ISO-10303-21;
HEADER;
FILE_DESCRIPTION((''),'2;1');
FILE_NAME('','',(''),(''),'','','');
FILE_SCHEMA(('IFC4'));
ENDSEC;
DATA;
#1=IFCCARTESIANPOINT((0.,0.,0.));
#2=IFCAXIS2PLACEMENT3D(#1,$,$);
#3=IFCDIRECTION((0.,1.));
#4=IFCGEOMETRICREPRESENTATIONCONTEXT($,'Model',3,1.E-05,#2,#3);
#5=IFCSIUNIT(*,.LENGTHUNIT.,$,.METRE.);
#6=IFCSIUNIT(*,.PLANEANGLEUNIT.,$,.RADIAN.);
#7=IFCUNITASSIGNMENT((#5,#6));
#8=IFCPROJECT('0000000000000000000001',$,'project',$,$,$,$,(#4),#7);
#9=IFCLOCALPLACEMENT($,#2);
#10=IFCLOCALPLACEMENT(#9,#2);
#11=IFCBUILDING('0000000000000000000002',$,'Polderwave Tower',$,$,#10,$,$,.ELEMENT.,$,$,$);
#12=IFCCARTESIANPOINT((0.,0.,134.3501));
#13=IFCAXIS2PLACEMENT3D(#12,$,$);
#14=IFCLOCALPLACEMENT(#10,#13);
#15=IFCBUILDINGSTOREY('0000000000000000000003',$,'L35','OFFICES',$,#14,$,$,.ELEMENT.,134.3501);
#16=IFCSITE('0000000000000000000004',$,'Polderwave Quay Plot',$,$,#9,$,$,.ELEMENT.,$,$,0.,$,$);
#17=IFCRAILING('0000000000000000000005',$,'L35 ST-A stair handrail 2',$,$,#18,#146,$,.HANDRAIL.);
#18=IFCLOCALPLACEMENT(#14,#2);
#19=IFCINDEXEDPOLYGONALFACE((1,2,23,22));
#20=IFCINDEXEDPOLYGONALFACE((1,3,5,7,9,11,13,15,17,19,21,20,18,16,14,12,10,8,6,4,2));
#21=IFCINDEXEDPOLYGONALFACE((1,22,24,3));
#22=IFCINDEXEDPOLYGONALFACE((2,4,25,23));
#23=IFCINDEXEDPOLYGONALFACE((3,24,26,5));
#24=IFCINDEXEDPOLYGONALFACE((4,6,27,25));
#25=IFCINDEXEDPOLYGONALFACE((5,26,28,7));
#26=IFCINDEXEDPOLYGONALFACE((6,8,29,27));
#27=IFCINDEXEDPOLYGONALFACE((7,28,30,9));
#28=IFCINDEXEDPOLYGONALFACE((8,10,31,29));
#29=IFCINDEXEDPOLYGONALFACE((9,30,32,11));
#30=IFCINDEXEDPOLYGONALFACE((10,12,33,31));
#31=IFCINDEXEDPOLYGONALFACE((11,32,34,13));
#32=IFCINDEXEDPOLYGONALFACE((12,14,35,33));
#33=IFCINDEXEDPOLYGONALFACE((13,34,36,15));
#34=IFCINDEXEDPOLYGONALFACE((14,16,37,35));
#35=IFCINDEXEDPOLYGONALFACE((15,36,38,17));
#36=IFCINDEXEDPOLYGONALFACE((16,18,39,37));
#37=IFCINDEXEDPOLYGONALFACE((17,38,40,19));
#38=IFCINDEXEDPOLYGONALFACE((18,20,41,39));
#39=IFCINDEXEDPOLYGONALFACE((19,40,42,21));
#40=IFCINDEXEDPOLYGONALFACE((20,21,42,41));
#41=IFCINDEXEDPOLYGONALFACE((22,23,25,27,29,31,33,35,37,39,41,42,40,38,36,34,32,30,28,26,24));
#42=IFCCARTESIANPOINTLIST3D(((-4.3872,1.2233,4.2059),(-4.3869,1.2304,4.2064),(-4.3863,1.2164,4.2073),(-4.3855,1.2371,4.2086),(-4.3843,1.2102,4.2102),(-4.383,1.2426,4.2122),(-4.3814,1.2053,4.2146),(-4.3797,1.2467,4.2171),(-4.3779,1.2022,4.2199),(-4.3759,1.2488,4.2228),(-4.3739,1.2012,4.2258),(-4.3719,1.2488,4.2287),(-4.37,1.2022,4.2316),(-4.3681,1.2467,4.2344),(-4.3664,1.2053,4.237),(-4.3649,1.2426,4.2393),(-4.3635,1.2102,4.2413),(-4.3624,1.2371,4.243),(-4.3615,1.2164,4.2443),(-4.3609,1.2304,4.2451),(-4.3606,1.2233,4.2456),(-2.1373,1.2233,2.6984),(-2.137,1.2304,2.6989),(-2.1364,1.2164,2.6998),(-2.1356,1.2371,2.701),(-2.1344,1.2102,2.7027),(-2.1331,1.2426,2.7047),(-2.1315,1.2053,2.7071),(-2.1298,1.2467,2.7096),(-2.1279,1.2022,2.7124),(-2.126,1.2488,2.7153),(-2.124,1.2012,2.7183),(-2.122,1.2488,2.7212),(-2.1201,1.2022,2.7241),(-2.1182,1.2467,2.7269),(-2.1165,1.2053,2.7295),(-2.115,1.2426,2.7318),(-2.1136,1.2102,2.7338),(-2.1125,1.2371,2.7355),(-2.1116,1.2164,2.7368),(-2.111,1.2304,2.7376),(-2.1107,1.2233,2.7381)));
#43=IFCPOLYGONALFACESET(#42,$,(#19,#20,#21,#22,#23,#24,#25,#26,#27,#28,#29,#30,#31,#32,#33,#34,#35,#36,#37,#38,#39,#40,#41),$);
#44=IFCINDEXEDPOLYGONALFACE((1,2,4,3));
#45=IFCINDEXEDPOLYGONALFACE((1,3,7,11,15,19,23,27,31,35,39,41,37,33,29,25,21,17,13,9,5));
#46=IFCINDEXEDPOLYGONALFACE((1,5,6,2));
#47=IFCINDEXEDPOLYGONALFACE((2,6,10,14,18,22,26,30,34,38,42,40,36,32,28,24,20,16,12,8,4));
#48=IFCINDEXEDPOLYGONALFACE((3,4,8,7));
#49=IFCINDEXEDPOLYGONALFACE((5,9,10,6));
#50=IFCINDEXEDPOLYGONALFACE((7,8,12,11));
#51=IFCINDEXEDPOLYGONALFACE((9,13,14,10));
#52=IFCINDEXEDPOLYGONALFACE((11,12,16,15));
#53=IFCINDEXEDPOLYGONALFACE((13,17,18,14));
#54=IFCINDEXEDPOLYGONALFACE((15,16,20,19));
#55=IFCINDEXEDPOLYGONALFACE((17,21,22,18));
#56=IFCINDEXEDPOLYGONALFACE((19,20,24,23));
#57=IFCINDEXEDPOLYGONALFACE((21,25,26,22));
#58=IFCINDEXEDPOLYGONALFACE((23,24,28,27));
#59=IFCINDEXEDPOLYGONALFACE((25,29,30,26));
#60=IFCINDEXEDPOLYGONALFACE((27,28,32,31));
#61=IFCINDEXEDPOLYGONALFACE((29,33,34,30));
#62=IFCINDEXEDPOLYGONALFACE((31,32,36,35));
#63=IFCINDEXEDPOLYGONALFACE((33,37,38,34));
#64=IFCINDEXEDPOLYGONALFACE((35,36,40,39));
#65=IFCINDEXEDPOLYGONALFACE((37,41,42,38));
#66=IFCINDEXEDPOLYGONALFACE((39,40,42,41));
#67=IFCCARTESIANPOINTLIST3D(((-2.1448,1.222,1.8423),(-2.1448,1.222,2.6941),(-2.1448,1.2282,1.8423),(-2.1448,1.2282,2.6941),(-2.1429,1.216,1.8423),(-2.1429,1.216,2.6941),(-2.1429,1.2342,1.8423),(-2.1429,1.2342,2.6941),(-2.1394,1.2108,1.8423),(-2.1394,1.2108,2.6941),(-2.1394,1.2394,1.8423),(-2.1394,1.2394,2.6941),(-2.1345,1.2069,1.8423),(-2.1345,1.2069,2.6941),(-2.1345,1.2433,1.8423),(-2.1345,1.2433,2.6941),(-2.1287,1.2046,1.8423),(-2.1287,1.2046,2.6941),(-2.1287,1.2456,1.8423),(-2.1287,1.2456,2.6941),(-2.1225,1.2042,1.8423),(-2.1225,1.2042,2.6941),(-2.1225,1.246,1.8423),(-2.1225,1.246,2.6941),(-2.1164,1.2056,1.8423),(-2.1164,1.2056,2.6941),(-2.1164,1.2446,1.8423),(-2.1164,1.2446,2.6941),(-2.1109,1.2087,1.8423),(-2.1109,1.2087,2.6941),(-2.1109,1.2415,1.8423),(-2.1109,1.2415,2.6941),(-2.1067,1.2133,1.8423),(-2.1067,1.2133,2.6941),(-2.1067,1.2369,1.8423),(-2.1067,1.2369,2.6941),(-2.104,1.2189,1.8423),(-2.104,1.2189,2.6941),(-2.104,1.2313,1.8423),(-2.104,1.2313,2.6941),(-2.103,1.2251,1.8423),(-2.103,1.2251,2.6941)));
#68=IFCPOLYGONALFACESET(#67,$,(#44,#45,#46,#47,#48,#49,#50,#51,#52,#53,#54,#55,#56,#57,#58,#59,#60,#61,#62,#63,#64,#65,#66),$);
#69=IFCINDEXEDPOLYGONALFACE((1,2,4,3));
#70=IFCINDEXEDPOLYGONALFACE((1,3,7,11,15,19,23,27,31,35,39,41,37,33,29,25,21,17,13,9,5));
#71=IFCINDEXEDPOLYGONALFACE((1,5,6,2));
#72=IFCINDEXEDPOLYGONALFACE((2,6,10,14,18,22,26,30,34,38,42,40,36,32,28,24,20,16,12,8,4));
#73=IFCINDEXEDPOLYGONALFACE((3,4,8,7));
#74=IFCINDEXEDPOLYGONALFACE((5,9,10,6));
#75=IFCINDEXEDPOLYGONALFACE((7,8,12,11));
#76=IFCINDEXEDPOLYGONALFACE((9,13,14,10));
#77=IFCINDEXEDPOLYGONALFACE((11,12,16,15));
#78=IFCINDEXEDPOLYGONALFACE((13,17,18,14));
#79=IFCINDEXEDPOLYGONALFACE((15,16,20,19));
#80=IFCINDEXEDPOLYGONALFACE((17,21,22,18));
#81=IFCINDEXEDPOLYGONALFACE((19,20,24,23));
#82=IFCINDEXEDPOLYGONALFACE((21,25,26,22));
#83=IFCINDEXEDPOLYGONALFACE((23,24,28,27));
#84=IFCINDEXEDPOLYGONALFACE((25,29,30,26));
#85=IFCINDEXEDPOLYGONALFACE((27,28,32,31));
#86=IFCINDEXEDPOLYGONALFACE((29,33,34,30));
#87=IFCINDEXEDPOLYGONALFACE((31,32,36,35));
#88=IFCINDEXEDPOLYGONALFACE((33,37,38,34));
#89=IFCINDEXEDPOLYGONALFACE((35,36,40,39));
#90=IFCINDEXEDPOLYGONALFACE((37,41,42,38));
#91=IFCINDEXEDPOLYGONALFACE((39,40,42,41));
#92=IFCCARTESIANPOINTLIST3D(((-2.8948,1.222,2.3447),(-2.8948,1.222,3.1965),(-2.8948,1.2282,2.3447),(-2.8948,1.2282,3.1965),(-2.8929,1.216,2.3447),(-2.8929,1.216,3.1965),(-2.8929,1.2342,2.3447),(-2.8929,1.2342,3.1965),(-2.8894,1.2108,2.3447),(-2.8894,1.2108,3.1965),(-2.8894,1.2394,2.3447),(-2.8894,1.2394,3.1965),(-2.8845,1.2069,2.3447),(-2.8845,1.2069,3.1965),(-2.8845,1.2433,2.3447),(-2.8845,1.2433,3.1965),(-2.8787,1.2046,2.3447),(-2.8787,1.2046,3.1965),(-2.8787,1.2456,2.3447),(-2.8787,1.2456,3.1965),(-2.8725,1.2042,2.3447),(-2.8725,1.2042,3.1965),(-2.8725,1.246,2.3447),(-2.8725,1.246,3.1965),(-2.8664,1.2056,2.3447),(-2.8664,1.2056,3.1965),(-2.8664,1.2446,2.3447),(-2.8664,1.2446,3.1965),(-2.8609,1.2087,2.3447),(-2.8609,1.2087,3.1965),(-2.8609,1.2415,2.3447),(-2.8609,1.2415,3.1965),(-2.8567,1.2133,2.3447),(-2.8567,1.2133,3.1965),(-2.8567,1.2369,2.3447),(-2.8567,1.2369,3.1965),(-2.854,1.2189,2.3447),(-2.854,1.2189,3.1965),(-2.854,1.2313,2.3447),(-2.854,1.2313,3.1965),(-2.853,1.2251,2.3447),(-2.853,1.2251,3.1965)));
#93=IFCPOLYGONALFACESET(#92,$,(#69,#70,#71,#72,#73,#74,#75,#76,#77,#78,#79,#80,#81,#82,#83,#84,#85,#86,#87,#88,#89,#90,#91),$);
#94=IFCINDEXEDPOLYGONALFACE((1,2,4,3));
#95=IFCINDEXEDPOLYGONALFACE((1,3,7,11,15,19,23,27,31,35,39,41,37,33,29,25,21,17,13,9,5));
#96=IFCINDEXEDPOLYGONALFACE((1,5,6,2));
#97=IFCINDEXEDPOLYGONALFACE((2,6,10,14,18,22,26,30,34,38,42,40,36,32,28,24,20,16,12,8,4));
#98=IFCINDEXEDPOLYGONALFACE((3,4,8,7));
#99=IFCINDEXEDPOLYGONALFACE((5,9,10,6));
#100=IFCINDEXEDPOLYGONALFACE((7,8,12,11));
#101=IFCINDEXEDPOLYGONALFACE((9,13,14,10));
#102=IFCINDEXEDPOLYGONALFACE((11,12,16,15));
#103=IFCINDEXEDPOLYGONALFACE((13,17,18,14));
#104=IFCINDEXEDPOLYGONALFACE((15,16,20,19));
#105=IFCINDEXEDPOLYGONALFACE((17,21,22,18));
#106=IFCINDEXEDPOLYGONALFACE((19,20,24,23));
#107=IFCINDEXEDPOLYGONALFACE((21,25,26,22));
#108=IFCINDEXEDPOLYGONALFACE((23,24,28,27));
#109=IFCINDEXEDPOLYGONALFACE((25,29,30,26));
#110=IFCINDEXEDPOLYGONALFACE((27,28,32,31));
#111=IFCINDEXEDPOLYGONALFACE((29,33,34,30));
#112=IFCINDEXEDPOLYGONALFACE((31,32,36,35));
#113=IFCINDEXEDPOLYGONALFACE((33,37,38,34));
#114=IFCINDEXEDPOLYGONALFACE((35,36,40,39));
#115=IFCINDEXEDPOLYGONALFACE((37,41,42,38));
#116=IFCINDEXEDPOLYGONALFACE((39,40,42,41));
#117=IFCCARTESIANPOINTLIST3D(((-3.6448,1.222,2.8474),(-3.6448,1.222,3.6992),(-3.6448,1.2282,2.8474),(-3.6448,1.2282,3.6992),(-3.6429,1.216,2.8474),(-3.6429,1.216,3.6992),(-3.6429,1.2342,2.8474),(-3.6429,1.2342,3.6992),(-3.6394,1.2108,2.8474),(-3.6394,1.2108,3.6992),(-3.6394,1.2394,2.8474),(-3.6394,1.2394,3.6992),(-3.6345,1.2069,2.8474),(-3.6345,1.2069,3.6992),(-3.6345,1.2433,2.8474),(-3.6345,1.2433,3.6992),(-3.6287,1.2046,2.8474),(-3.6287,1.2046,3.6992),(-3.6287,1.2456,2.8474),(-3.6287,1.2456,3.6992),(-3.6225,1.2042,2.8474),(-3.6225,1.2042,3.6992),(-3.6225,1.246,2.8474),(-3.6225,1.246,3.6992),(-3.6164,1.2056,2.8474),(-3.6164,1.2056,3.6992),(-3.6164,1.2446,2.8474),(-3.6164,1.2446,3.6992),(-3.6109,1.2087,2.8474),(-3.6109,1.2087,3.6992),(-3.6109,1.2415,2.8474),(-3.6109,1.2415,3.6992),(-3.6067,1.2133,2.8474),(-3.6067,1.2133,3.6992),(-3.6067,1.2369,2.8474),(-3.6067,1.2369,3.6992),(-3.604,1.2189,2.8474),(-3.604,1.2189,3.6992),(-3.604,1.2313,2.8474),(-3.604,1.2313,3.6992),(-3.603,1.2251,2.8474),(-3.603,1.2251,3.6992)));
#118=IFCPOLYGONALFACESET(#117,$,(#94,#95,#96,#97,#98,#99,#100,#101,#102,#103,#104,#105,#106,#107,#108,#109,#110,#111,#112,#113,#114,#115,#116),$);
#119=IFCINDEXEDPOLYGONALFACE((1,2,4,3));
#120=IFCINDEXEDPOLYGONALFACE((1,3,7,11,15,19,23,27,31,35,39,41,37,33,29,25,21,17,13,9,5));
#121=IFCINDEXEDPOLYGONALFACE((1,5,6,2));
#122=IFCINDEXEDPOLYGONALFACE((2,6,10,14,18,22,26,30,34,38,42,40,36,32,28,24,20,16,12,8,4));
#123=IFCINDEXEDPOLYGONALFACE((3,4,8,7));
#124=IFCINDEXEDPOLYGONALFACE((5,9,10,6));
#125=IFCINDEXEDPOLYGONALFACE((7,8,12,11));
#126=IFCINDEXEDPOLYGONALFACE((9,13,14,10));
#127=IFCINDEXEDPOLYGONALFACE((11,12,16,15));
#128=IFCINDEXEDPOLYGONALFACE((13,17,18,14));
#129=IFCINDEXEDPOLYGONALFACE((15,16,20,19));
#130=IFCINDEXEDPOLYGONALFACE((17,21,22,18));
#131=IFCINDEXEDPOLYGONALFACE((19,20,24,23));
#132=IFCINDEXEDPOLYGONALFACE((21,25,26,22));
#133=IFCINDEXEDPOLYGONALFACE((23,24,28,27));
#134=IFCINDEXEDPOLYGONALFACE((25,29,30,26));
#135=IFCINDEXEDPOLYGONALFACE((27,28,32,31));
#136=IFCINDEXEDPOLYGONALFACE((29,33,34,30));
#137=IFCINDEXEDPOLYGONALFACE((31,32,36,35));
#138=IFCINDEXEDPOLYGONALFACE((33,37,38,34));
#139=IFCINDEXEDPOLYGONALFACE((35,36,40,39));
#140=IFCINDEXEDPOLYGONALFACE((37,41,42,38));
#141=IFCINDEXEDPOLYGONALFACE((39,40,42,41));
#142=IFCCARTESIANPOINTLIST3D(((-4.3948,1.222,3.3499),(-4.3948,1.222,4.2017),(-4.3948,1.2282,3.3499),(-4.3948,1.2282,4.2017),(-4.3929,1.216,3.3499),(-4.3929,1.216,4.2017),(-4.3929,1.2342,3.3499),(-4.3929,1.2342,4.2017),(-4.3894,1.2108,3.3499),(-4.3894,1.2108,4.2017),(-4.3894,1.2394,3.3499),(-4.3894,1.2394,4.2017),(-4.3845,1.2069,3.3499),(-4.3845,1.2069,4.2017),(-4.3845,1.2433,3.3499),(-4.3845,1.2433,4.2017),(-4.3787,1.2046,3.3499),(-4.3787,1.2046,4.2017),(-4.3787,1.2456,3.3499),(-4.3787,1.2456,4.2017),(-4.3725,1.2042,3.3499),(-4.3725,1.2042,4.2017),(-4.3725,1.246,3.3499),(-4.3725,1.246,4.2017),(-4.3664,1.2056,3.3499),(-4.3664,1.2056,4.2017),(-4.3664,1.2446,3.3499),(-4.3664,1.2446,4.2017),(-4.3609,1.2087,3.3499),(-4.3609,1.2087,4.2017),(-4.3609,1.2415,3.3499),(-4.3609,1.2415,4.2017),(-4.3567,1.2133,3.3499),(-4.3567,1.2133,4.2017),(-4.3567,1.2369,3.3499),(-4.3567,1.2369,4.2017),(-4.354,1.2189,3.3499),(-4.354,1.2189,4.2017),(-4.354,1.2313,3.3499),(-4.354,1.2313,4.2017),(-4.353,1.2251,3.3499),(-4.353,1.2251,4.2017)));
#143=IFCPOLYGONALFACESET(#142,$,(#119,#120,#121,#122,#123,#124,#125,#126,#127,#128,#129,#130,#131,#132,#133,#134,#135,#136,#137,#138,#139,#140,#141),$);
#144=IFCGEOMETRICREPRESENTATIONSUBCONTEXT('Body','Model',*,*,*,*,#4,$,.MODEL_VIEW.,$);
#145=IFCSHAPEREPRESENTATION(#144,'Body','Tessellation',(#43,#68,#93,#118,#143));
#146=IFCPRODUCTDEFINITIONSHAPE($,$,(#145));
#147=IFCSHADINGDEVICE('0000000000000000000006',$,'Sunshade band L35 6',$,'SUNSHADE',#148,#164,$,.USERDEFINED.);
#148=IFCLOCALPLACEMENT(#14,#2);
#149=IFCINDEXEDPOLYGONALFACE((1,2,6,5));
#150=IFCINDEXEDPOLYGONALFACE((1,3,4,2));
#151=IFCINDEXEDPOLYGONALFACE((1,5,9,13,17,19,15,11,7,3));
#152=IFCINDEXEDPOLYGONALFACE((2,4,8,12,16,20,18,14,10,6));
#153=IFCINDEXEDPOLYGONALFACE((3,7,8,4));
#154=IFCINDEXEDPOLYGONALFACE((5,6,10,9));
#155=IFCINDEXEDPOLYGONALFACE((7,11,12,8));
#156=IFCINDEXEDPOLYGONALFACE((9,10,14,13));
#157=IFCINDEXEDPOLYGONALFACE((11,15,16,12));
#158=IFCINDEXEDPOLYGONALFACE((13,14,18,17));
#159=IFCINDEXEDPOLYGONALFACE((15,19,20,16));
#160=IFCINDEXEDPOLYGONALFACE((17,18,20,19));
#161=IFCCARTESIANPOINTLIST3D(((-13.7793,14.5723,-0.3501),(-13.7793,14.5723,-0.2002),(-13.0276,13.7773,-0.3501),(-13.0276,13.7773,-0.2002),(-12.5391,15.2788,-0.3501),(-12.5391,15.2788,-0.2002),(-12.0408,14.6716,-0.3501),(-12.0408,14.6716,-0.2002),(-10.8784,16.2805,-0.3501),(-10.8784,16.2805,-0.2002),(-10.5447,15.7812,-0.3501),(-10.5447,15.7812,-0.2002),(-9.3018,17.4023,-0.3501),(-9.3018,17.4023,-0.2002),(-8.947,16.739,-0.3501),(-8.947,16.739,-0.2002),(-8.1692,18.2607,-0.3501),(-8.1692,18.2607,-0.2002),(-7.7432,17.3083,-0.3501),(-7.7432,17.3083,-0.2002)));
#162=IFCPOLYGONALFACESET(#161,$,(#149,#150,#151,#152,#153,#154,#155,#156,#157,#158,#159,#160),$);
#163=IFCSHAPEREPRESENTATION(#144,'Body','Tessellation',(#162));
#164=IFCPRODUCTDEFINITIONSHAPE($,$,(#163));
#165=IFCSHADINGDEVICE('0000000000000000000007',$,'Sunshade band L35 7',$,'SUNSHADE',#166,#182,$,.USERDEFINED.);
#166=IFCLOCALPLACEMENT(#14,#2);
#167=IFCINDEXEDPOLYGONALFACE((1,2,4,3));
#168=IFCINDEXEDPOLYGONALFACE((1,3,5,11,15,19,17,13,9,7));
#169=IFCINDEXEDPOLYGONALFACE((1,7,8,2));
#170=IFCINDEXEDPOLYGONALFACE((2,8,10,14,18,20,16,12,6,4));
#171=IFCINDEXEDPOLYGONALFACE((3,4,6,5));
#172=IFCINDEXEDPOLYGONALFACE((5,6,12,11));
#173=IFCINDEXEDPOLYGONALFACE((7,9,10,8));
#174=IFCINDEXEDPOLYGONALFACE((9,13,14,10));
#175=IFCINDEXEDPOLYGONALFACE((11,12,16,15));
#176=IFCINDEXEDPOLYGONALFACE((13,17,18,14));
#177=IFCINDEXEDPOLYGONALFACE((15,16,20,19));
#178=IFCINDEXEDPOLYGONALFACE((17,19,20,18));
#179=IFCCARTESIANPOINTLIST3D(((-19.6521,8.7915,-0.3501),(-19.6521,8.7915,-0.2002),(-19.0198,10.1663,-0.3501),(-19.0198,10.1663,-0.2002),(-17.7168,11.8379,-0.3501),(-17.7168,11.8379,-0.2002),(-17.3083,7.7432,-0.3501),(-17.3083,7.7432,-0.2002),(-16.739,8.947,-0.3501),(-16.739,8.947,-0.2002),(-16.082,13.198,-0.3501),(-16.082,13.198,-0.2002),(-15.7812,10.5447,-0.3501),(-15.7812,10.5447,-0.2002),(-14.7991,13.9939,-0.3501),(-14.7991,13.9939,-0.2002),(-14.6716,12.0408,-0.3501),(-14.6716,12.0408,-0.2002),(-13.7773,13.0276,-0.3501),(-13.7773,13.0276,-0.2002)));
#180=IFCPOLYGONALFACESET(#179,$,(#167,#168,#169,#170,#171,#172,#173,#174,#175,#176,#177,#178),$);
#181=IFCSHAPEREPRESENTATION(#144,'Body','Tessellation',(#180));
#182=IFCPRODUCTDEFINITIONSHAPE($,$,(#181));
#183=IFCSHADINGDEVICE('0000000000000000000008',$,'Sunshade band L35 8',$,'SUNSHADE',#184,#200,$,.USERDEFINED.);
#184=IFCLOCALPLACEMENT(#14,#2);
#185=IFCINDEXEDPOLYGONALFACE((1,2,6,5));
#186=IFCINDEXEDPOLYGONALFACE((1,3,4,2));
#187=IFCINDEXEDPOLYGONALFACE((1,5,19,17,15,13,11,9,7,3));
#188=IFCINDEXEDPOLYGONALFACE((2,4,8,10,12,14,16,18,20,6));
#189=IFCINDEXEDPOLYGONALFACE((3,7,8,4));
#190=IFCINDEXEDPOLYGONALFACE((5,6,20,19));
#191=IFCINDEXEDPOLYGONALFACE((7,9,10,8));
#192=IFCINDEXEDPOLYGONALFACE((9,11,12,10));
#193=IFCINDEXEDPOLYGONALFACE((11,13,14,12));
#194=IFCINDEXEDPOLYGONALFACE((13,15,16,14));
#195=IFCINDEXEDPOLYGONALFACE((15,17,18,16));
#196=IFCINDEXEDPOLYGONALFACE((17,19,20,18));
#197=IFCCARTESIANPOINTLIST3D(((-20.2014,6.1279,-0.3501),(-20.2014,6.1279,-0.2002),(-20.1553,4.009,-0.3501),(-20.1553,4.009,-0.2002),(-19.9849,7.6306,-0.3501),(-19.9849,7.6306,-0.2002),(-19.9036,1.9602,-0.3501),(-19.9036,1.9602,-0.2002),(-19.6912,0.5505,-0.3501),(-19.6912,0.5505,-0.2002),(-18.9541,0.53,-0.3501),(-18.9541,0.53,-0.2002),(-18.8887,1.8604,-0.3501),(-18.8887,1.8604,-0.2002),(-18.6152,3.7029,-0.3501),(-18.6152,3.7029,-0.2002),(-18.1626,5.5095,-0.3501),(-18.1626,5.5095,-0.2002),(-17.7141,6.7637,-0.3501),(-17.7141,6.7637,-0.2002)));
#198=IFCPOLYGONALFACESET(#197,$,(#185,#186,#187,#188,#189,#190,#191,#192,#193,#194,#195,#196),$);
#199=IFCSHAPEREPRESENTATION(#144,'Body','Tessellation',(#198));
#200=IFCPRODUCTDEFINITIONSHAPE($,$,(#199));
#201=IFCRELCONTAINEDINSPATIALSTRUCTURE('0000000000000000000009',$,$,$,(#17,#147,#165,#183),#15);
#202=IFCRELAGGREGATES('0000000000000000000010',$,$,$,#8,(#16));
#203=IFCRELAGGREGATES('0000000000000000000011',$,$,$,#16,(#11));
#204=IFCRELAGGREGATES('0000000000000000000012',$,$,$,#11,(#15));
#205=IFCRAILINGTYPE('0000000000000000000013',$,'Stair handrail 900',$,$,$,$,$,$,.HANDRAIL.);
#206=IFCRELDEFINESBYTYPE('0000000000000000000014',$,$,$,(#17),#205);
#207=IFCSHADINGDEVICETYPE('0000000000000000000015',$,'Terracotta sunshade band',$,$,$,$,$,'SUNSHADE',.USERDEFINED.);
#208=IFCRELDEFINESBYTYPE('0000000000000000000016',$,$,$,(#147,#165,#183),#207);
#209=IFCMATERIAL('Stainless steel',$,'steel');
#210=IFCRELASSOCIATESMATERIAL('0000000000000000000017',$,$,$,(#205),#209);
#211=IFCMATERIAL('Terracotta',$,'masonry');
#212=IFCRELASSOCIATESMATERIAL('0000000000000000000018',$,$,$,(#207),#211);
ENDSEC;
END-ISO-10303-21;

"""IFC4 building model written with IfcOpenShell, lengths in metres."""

from ifc_helpers import new_model, si_unit, direction, frame, origin, origin_2d, place, context, subcontext, project, spatial, polyline, circle, outline, extrude, material, type_object, element, save


model = new_model("IFC4")

# Units and contexts
model_context = context("Model", 3, precision=1e-05, world=origin(), true_north=direction((0.0, 1.0)))
body_context = subcontext(model_context, "Body", "Model", "MODEL_VIEW")
ifc_project = project(units=[si_unit("LENGTHUNIT", "METRE"), si_unit("PLANEANGLEUNIT", "RADIAN")], contexts=[model_context])

# Site, building, storey
site_placement = place(None, origin())
site = spatial("IfcSite", under=ifc_project, at=site_placement, Name="Polderwave Quay Plot", CompositionType="ELEMENT", RefElevation=0.0)
building_placement = place(site_placement, origin())
building = spatial("IfcBuilding", under=site, at=building_placement, Name="Polderwave Tower", CompositionType="ELEMENT")
storey_placement = place(building_placement, frame((0.0, 0.0, 134.3501)))
storey = spatial("IfcBuildingStorey", under=building, at=storey_placement, Name="L35", Description="OFFICES", CompositionType="ELEMENT", Elevation=134.3501)

# Shared definitions
ifc_material_1 = material(Name="Stainless steel", Category="steel")

# Railing
railing_type_1 = type_object("IfcRailingType", Name="Stair handrail 900", PredefinedType="HANDRAIL", material=ifc_material_1)
railing_1_placement = place(storey_placement, frame((-2.124, 1.2251, 1.8423)))
element("IfcRailing", 1, at=railing_1_placement, inside=storey, type_object=railing_type_1, Name="L35 ST-A stair handrail 2", PredefinedType="HANDRAIL", context=body_context, shape_type="SweptSolid", body=[
    extrude(circle(Radius=0.0239, at=origin_2d()), frame((0.0, 0.0, 0.876), z_axis=(-0.830758, 0.0, 0.556633), x_axis=(0.0, -1.0, 0.0)), (0.0, 0.0, 1.0), 2.7083),
    extrude(circle(Radius=0.021, at=origin_2d()), origin(), (0.0, 0.0, 1.0), 0.8518),
    extrude(circle(Radius=0.021, at=origin_2d()), frame((-0.75, 0.0, 0.5024)), (0.0, 0.0, 1.0), 0.8518),
    extrude(circle(Radius=0.021, at=origin_2d()), frame((-1.5, 0.0, 1.0051)), (0.0, 0.0, 1.0), 0.8518),
    extrude(circle(Radius=0.021, at=origin_2d()), frame((-2.25, 0.0, 1.5076)), (0.0, 0.0, 1.0), 0.8518),
])

# Shading devices
ifc_material_2 = material(Name="Terracotta", Category="masonry")
shading_device_type = type_object("IfcShadingDeviceType", Name="Terracotta sunshade band", ElementType="SUNSHADE", PredefinedType="USERDEFINED", material=ifc_material_2)
shading_device_1_placement = place(storey_placement, frame((0.0, 0.0, -0.3501)))
element("IfcShadingDevice", 2, at=shading_device_1_placement, inside=storey, type_object=shading_device_type, Name="Sunshade band L35 6", ObjectType="SUNSHADE", PredefinedType="USERDEFINED", context=body_context, shape_type="SweptSolid", body=[
    extrude(outline(polyline([(-7.7432, 17.3083), (-8.947, 16.739), (-10.5447, 15.7812), (-12.0408, 14.6716), (-13.0276, 13.7773), (-13.7793, 14.5723), (-12.5391, 15.2788), (-10.8784, 16.2805), (-9.3018, 17.4023), (-8.1692, 18.2607), (-7.7432, 17.3083)])), origin(), (0.0, 0.0, 1.0), 0.1499),
])
shading_device_2_placement = place(storey_placement, frame((0.0, 0.0, -0.3501)))
element("IfcShadingDevice", 3, at=shading_device_2_placement, inside=storey, type_object=shading_device_type, Name="Sunshade band L35 7", ObjectType="SUNSHADE", PredefinedType="USERDEFINED", context=body_context, shape_type="SweptSolid", body=[
    extrude(outline(polyline([(-13.7773, 13.0276), (-14.6716, 12.0408), (-15.7812, 10.5447), (-16.739, 8.947), (-17.3083, 7.7432), (-19.6521, 8.7915), (-19.0198, 10.1663), (-17.7168, 11.8379), (-16.082, 13.198), (-14.7991, 13.9939), (-13.7773, 13.0276)])), origin(), (0.0, 0.0, 1.0), 0.1499),
])
shading_device_3_placement = place(storey_placement, frame((0.0, 0.0, -0.3501)))
element("IfcShadingDevice", 4, at=shading_device_3_placement, inside=storey, type_object=shading_device_type, Name="Sunshade band L35 8", ObjectType="SUNSHADE", PredefinedType="USERDEFINED", context=body_context, shape_type="SweptSolid", body=[
    extrude(outline(polyline([(-17.7141, 6.7637), (-18.1626, 5.5095), (-18.6152, 3.7029), (-18.8887, 1.8604), (-18.9541, 0.53), (-19.6912, 0.5505), (-19.9036, 1.9602), (-20.1553, 4.009), (-20.2014, 6.1279), (-19.9849, 7.6306), (-17.7141, 6.7637)])), origin(), (0.0, 0.0, 1.0), 0.1499),
])

save(model, "model.ifc")
